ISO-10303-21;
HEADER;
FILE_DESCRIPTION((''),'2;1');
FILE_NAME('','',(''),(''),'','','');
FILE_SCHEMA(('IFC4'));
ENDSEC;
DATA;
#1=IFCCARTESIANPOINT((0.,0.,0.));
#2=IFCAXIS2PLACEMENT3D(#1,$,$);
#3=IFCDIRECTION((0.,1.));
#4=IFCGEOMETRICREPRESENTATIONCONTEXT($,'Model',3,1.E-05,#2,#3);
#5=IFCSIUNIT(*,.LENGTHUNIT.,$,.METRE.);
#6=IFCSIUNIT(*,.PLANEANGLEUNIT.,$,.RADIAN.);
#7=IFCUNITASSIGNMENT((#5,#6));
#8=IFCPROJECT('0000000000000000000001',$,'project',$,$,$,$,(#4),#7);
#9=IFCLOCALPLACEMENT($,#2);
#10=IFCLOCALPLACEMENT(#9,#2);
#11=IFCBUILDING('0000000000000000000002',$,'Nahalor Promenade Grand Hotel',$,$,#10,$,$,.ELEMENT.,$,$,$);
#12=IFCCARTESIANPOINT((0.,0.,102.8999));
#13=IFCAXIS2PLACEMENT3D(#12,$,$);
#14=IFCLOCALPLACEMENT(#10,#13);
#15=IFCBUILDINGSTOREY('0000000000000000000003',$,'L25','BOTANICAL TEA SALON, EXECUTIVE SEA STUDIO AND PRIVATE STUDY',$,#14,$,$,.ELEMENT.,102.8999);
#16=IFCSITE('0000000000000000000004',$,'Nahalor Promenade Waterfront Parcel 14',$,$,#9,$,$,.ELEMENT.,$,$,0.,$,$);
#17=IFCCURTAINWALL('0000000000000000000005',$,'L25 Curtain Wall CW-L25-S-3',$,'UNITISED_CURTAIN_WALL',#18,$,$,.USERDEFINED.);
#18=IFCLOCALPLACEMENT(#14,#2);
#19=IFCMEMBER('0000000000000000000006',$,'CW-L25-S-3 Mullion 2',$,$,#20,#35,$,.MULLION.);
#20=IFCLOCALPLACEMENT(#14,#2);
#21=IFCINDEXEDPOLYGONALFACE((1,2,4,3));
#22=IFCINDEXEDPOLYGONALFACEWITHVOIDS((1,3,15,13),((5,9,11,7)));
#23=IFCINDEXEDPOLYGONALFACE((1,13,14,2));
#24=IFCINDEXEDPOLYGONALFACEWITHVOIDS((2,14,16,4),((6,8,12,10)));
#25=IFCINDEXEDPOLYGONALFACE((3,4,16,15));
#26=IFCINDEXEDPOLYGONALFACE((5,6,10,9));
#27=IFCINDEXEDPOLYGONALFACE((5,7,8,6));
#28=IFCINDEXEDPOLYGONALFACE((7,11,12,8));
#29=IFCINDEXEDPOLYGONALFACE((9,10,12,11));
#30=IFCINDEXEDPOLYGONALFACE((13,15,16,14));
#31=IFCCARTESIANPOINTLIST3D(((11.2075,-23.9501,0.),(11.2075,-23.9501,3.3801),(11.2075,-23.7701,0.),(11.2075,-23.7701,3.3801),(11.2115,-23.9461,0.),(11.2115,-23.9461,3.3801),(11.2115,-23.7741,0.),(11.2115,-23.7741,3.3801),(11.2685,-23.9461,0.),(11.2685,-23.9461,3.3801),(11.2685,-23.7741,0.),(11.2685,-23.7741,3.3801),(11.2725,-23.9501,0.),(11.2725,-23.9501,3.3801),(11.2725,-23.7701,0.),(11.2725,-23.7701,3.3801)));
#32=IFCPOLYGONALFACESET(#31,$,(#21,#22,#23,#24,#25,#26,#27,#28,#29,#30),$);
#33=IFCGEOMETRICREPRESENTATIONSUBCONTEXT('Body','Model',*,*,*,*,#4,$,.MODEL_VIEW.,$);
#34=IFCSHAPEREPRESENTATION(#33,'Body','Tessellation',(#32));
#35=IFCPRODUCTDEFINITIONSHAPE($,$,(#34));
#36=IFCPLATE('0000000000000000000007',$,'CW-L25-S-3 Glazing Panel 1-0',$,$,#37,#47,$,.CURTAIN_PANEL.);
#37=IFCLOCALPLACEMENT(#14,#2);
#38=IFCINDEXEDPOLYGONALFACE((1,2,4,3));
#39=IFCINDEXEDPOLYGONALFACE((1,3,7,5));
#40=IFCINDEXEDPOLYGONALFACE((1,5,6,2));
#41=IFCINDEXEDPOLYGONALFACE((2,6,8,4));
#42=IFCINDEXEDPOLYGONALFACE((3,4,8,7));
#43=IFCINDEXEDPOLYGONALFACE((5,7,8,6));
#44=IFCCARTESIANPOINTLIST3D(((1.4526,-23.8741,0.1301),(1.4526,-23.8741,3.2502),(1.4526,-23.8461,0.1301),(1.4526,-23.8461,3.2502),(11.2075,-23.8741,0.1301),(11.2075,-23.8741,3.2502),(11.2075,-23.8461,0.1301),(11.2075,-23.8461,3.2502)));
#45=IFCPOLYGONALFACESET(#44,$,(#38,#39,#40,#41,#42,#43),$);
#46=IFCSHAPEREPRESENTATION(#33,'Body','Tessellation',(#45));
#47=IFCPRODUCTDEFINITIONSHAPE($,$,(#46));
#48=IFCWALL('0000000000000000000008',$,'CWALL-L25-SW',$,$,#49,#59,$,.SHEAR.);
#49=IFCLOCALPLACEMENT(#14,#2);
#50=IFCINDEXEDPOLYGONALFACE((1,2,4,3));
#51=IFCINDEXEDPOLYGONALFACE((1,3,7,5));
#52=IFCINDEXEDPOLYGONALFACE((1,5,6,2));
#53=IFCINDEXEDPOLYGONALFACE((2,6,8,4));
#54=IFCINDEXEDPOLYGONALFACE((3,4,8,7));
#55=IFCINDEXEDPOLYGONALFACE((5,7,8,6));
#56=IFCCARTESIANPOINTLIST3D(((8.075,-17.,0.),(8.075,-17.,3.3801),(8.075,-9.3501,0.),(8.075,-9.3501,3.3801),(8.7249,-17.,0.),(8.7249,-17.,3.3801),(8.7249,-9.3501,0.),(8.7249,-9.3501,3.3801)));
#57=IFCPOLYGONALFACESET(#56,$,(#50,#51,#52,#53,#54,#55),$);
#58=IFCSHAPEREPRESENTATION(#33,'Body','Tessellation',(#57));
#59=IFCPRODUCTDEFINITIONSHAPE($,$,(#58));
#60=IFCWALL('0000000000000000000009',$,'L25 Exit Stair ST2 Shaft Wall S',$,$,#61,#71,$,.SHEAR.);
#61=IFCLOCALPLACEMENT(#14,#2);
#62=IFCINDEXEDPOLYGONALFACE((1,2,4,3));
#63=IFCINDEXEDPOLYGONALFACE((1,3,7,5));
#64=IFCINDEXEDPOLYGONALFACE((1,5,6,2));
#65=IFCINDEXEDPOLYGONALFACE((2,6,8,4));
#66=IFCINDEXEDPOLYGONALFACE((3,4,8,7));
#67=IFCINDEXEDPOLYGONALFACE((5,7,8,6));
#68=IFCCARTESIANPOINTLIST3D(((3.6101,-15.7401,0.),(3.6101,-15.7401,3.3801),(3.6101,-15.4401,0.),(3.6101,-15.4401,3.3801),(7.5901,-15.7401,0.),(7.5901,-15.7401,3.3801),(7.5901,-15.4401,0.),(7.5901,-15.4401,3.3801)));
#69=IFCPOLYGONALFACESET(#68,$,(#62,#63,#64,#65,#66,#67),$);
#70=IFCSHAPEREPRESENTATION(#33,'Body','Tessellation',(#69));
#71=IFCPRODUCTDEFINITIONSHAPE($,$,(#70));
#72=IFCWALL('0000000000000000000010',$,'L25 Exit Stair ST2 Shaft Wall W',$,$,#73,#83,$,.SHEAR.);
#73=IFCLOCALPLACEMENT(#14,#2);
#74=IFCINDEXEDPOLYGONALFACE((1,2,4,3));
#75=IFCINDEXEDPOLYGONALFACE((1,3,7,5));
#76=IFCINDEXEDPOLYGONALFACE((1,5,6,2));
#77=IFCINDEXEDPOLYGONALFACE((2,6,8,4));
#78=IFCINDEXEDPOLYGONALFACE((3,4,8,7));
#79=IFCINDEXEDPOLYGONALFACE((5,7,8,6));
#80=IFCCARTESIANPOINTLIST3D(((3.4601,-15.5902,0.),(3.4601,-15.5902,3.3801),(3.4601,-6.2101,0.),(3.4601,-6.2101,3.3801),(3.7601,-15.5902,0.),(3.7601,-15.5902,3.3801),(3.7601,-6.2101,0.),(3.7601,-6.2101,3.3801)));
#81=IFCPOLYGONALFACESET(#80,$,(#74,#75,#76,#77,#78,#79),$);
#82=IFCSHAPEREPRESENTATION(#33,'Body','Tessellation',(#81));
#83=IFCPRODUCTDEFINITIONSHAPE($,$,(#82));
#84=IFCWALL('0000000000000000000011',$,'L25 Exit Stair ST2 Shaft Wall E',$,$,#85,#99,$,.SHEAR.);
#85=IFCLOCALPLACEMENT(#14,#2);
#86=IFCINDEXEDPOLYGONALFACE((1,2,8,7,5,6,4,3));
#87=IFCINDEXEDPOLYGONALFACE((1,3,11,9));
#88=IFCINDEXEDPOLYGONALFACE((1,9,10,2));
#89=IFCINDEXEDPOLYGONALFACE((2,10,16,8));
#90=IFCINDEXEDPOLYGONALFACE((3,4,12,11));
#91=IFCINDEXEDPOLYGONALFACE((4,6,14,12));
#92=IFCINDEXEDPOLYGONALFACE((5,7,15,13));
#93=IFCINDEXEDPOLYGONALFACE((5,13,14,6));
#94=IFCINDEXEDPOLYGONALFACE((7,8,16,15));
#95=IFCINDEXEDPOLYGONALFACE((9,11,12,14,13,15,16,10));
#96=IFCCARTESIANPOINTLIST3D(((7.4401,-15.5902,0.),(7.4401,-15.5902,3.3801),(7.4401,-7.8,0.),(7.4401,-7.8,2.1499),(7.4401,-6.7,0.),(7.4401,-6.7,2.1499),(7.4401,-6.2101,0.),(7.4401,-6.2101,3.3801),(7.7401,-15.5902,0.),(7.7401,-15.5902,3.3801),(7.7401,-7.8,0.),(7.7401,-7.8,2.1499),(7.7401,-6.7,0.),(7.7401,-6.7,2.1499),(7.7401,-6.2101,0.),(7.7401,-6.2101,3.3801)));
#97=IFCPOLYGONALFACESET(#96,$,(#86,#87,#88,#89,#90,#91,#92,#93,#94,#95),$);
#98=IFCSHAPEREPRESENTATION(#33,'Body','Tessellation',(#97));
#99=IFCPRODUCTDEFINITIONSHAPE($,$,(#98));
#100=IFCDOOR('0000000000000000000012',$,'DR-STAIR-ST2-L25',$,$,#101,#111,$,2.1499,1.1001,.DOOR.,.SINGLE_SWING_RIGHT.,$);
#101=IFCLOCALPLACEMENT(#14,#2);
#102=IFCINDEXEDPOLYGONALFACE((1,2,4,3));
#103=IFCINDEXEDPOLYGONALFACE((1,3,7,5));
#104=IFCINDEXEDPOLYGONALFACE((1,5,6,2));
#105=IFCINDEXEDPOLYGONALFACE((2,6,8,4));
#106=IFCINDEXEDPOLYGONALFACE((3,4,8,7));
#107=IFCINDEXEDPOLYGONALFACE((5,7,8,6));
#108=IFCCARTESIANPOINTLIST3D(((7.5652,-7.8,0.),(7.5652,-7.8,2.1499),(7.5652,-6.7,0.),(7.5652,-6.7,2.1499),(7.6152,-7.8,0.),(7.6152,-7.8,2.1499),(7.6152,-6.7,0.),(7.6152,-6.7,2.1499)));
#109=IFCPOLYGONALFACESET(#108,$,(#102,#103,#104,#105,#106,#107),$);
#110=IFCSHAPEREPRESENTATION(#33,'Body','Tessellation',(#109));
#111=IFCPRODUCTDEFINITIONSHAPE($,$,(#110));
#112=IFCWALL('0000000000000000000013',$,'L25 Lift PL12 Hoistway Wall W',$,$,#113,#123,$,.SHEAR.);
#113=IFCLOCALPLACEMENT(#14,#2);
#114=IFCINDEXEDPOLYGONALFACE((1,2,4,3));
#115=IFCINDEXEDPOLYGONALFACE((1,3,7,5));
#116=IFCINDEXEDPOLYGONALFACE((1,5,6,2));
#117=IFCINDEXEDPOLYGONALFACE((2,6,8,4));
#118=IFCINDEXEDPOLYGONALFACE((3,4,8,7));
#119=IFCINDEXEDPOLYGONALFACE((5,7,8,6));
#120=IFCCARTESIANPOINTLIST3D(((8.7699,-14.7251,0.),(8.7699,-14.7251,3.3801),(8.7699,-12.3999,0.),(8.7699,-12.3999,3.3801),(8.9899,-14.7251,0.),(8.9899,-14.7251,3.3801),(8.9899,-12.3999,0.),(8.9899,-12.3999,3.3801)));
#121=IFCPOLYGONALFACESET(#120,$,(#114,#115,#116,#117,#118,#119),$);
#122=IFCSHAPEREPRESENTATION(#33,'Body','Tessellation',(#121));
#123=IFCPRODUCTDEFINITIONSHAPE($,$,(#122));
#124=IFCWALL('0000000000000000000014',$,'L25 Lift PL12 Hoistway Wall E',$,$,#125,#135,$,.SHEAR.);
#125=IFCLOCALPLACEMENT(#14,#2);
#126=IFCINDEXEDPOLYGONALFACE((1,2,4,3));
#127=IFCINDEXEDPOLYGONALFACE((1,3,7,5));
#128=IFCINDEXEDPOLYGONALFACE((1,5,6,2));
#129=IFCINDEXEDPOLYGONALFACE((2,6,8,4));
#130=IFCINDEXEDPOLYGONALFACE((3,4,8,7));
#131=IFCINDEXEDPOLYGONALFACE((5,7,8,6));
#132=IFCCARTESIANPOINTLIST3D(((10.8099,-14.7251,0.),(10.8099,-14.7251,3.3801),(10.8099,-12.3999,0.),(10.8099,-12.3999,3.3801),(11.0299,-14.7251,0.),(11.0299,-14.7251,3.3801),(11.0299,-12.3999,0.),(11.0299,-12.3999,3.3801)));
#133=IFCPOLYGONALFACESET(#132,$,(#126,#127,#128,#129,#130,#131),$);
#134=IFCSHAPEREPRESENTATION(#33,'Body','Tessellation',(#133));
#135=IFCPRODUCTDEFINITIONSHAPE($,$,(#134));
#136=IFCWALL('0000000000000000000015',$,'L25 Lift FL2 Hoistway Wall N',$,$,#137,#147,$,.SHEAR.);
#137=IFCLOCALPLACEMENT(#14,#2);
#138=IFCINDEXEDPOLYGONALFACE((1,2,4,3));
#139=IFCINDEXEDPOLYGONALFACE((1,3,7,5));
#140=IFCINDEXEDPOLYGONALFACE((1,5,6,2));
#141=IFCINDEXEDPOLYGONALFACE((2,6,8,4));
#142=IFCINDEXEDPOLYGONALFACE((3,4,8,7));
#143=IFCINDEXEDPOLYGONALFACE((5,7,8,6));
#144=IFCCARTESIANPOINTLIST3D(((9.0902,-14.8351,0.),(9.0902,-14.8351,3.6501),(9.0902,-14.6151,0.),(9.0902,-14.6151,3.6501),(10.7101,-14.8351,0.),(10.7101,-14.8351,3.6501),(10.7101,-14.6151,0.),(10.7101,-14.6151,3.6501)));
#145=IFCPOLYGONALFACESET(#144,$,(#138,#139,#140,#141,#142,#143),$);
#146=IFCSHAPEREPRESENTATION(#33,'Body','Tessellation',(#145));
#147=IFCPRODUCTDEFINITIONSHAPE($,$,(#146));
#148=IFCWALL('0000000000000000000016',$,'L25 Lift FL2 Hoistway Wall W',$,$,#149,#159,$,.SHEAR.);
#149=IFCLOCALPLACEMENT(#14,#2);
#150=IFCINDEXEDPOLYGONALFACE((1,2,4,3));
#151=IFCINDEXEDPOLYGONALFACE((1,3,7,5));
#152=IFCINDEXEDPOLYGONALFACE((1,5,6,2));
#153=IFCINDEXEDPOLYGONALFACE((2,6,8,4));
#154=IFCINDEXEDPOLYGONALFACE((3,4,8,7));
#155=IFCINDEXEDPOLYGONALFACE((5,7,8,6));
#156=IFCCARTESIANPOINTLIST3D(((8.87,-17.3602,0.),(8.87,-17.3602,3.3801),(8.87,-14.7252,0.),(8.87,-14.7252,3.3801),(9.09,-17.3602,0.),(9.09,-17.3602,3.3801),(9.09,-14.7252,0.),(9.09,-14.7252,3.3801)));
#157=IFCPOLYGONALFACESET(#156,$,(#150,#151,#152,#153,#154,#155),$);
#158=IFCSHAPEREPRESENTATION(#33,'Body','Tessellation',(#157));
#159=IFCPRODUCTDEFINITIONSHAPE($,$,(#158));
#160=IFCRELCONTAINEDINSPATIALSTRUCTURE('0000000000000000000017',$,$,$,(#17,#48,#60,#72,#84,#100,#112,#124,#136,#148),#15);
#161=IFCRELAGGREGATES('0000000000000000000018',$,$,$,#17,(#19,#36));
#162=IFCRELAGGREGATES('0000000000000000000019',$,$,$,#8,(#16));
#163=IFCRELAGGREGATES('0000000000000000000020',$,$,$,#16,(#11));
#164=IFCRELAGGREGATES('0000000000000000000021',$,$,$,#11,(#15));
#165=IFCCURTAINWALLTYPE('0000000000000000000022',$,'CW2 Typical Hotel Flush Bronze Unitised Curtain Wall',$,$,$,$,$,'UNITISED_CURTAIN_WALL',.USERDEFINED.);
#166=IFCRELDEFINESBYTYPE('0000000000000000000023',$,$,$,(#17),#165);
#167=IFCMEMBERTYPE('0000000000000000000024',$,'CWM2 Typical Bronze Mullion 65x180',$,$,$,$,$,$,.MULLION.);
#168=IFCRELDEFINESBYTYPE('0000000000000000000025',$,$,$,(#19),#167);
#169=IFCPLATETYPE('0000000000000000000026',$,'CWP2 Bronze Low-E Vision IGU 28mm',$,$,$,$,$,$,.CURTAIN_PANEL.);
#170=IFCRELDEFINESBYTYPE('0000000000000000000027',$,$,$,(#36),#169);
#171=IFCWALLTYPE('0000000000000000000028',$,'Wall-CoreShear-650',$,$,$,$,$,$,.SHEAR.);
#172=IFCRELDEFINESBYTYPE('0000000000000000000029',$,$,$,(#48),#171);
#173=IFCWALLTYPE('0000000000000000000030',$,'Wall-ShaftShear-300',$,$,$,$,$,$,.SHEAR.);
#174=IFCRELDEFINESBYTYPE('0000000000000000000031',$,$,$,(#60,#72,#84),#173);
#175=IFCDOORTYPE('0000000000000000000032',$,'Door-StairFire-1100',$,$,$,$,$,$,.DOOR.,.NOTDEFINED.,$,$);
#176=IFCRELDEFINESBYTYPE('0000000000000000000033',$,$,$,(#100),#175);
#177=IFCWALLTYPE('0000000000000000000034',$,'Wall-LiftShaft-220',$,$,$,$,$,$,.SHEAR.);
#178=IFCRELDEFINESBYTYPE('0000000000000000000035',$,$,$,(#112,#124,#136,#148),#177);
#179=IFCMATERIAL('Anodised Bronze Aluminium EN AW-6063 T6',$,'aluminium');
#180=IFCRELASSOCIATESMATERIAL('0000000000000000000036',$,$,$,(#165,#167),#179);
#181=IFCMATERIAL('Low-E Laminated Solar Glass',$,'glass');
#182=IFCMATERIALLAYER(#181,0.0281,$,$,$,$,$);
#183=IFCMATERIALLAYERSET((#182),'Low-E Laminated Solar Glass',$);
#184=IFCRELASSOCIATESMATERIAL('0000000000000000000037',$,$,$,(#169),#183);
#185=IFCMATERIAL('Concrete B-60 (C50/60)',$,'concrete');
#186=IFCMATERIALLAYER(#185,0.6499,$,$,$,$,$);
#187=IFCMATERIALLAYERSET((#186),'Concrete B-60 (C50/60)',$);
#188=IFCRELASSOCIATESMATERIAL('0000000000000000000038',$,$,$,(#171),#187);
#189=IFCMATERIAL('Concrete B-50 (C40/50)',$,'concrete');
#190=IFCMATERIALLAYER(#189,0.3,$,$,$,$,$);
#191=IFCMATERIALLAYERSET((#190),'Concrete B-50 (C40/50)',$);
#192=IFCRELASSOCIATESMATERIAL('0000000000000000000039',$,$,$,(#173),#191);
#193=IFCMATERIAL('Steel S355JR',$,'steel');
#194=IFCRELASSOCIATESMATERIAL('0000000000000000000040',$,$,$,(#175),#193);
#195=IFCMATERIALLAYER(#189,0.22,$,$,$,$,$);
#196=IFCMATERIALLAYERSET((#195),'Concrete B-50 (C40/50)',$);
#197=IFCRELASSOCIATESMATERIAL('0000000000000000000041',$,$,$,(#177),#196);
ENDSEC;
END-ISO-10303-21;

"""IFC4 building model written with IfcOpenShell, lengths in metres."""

from ifc_helpers import new_model, si_unit, direction, frame, frame_2d, origin, origin_2d, place, context, subcontext, project, spatial, rectangle, hollow_rectangle, extrude, source, transform, mapped, material, layer, layer_set, material_profile, profile_set, type_object, element, fill, aggregate, save


model = new_model("IFC4")

# Units and contexts
model_context = context("Model", 3, precision=1e-05, world=origin(), true_north=direction((0.0, 1.0)))
body_context = subcontext(model_context, "Body", "Model", "MODEL_VIEW")
ifc_project = project(units=[si_unit("LENGTHUNIT", "METRE"), si_unit("PLANEANGLEUNIT", "RADIAN")], contexts=[model_context])

# Site, building, storey
site_placement = place(None, origin())
site = spatial("IfcSite", under=ifc_project, at=site_placement, Name="Nahalor Promenade Waterfront Parcel 14", CompositionType="ELEMENT", RefElevation=0.0)
building_placement = place(site_placement, origin())
building = spatial("IfcBuilding", under=site, at=building_placement, Name="Nahalor Promenade Grand Hotel", CompositionType="ELEMENT")
storey_placement = place(building_placement, frame((0.0, 0.0, 102.8999)))
storey = spatial("IfcBuildingStorey", under=building, at=storey_placement, Name="L25", Description="BOTANICAL TEA SALON, EXECUTIVE SEA STUDIO AND PRIVATE STUDY", CompositionType="ELEMENT", Elevation=102.8999)

# Shared definitions
ifc_material_1 = material(Name="Concrete B-60 (C50/60)", Category="concrete")

# Shared definitions
ifc_material_2 = material(Name="Steel S355JR", Category="steel")

# Curtain wall, member, plate
ifc_material_3 = material(Name="Anodised Bronze Aluminium EN AW-6063 T6", Category="aluminium")
curtain_wall_type = type_object("IfcCurtainWallType", Name="CW2 Typical Hotel Flush Bronze Unitised Curtain Wall", ElementType="UNITISED_CURTAIN_WALL", PredefinedType="USERDEFINED", material=ifc_material_3)
curtain_wall_placement = place(storey_placement, origin())
curtain_wall = element("IfcCurtainWall", 1, at=curtain_wall_placement, inside=storey, type_object=curtain_wall_type, Name="L25 Curtain Wall CW-L25-S-3", ObjectType="UNITISED_CURTAIN_WALL", PredefinedType="USERDEFINED")
ifc_material_profile_1 = material_profile(ifc_material_3, hollow_rectangle(XDim=0.065, YDim=0.18, WallThickness=0.004, at=origin_2d()), Name="CWM 65x180x4")
ifc_profile_set_1 = profile_set([ifc_material_profile_1], Name="Anodised Bronze Aluminium EN AW-6063 T6")
member_type_1 = type_object("IfcMemberType", Name="CWM2 Typical Bronze Mullion 65x180", PredefinedType="MULLION", material=ifc_profile_set_1)
shared_shape_1 = source(origin(), body_context, "Body", "SweptSolid", [
    extrude(hollow_rectangle(XDim=0.065, YDim=0.18, WallThickness=0.004, at=origin_2d()), origin(), (0.0, 0.0, 1.0), 3.3801),
])
member_1_placement = place(storey_placement, frame((11.24, -23.8601, 0.0), z_axis=(0.0, 0.0, 1.0), x_axis=(1.0, 0.0, 0.0)))
member_1 = element("IfcMember", 2, at=member_1_placement, type_object=member_type_1, Name="CW-L25-S-3 Mullion 2", PredefinedType="MULLION", context=body_context, shape_type="MappedRepresentation", body=[
    mapped(shared_shape_1, transform((0.0, 0.0, 0.0), scale=1.0)),
])
ifc_material_4 = material(Name="Low-E Laminated Solar Glass", Category="glass")
ifc_layer_1 = layer(ifc_material_4, 0.0281)
ifc_layer_set_1 = layer_set([ifc_layer_1], Name="Low-E Laminated Solar Glass")
plate_type = type_object("IfcPlateType", Name="CWP2 Bronze Low-E Vision IGU 28mm", PredefinedType="CURTAIN_PANEL", material=ifc_layer_set_1)
shared_shape_2 = source(origin(), body_context, "Body", "SweptSolid", [
    extrude(rectangle(XDim=9.7549, YDim=0.0281, at=origin_2d()), origin(), (0.0, 0.0, 1.0), 3.1201),
])
plate_placement = place(storey_placement, frame((6.3301, -23.8601, 0.1301), z_axis=(0.0, 0.0, 1.0), x_axis=(1.0, 0.0, 0.0)))
plate = element("IfcPlate", 3, at=plate_placement, type_object=plate_type, Name="CW-L25-S-3 Glazing Panel 1-0", PredefinedType="CURTAIN_PANEL", context=body_context, shape_type="MappedRepresentation", body=[
    mapped(shared_shape_2, transform((0.0, 0.0, 0.0), scale=1.0)),
])
aggregate(curtain_wall, [member_1, plate])

# Walls
ifc_layer_2 = layer(ifc_material_1, 0.6499)
ifc_layer_set_2 = layer_set([ifc_layer_2], Name="Concrete B-60 (C50/60)")
wall_type_1 = type_object("IfcWallType", Name="Wall-CoreShear-650", PredefinedType="SHEAR", material=ifc_layer_set_2)
shared_shape_3 = source(origin(), body_context, "Body", "SweptSolid", [
    extrude(rectangle(XDim=7.6499, YDim=0.6499, at=frame_2d((3.825, 0.0))), origin(), (0.0, 0.0, 1.0), 3.3801),
])
wall_1_placement = place(storey_placement, frame((8.3999, -17.0, 0.0), z_axis=(0.0, 0.0, 1.0), x_axis=(0.0, 1.0, 0.0)))
element("IfcWall", 4, at=wall_1_placement, inside=storey, type_object=wall_type_1, Name="CWALL-L25-SW", PredefinedType="SHEAR", context=body_context, shape_type="MappedRepresentation", body=[
    mapped(shared_shape_3, transform((0.0, 0.0, 0.0), scale=1.0)),
])
ifc_material_5 = material(Name="Concrete B-50 (C40/50)", Category="concrete")
ifc_layer_3 = layer(ifc_material_5, 0.3)
ifc_layer_set_3 = layer_set([ifc_layer_3], Name="Concrete B-50 (C40/50)")
wall_type_2 = type_object("IfcWallType", Name="Wall-ShaftShear-300", PredefinedType="SHEAR", material=ifc_layer_set_3)
shared_shape_4 = source(origin(), body_context, "Body", "SweptSolid", [
    extrude(rectangle(XDim=3.98, YDim=0.3, at=frame_2d((1.99, 0.0))), origin(), (0.0, 0.0, 1.0), 3.3801),
])
wall_2_placement = place(storey_placement, frame((3.6101, -15.5901, 0.0), z_axis=(0.0, 0.0, 1.0), x_axis=(1.0, 0.0, 0.0)))
element("IfcWall", 5, at=wall_2_placement, inside=storey, type_object=wall_type_2, Name="L25 Exit Stair ST2 Shaft Wall S", PredefinedType="SHEAR", context=body_context, shape_type="MappedRepresentation", body=[
    mapped(shared_shape_4, transform((0.0, 0.0, 0.0), scale=1.0)),
])
shared_shape_5 = source(origin(), body_context, "Body", "SweptSolid", [
    extrude(rectangle(XDim=9.3801, YDim=0.3, at=frame_2d((4.6899, 0.0))), origin(), (0.0, 0.0, 1.0), 3.3801),
])
wall_3_placement = place(storey_placement, frame((3.6101, -15.5901, 0.0), z_axis=(0.0, 0.0, 1.0), x_axis=(0.0, 1.0, 0.0)))
element("IfcWall", 6, at=wall_3_placement, inside=storey, type_object=wall_type_2, Name="L25 Exit Stair ST2 Shaft Wall W", PredefinedType="SHEAR", context=body_context, shape_type="MappedRepresentation", body=[
    mapped(shared_shape_5, transform((0.0, 0.0, 0.0), scale=1.0)),
])

# Wall, opening, door
wall_4_placement = place(storey_placement, frame((7.5901, -15.5901, 0.0), z_axis=(0.0, 0.0, 1.0), x_axis=(0.0, 1.0, 0.0)))
wall_4 = element("IfcWall", 7, at=wall_4_placement, inside=storey, type_object=wall_type_2, Name="L25 Exit Stair ST2 Shaft Wall E", PredefinedType="SHEAR", context=body_context, shape_type="MappedRepresentation", body=[
    mapped(shared_shape_5, transform((0.0, 0.0, 0.0), scale=1.0)),
])
opening_1_placement = place(wall_4_placement, frame((7.79, 0.0, 0.0)))
opening_1 = element("IfcOpeningElement", 8, at=opening_1_placement, cuts=wall_4, PredefinedType="OPENING", context=body_context, shape_type="SweptSolid", body=[
    extrude(rectangle(XDim=1.1001, YDim=2.1499, at=frame_2d((0.55, 1.075))), frame((0.0, 0.1599, 0.0), z_axis=(0.0, -1.0, 0.0), x_axis=(1.0, 0.0, 0.0)), (0.0, 0.0, 1.0), 0.3201),
])
door_type_1 = type_object("IfcDoorType", Name="Door-StairFire-1100", OperationType="NOTDEFINED", PredefinedType="DOOR", material=ifc_material_2)
shared_shape_6 = source(origin(), body_context, "Body", "SweptSolid", [
    extrude(rectangle(XDim=1.1001, YDim=2.1499, at=frame_2d((0.55, 1.075))), frame((0.0, 0.0249, 0.0), z_axis=(0.0, -1.0, 0.0), x_axis=(1.0, 0.0, 0.0)), (0.0, 0.0, 1.0), 0.05),
])
door_1_placement = place(opening_1_placement, origin())
door_1 = element("IfcDoor", 9, at=door_1_placement, inside=storey, type_object=door_type_1, Name="DR-STAIR-ST2-L25", OperationType="SINGLE_SWING_RIGHT", OverallHeight=2.1499, OverallWidth=1.1001, PredefinedType="DOOR", context=body_context, shape_type="MappedRepresentation", body=[
    mapped(shared_shape_6, transform((0.0, 0.0, 0.0), scale=1.0)),
])
fill(opening_1, door_1)

# Walls
ifc_layer_4 = layer(ifc_material_5, 0.22)
ifc_layer_set_4 = layer_set([ifc_layer_4], Name="Concrete B-50 (C40/50)")
wall_type_3 = type_object("IfcWallType", Name="Wall-LiftShaft-220", PredefinedType="SHEAR", material=ifc_layer_set_4)
shared_shape_7 = source(origin(), body_context, "Body", "SweptSolid", [
    extrude(rectangle(XDim=2.3252, YDim=0.22, at=frame_2d((1.1626, 0.0))), origin(), (0.0, 0.0, 1.0), 3.3801),
])
for number, where, z_axis, x_axis, name in (
    (10, (8.8799, -14.7251, 0.0), (0.0, 0.0, 1.0), (0.0, 1.0, 0.0), "L25 Lift PL12 Hoistway Wall W"),
    (11, (10.9199, -14.7251, 0.0), (0.0, 0.0, 1.0), (0.0, 1.0, 0.0), "L25 Lift PL12 Hoistway Wall E"),
):
    element("IfcWall", number, at=place(storey_placement, frame(where, z_axis=z_axis, x_axis=x_axis)), inside=storey, type_object=wall_type_3, Name=name, PredefinedType="SHEAR", context=body_context, shape_type="MappedRepresentation", body=[
        mapped(shared_shape_7, transform((0.0, 0.0, 0.0), scale=1.0)),
    ])
shared_shape_8 = source(origin(), body_context, "Body", "SweptSolid", [
    extrude(rectangle(XDim=1.6199, YDim=0.22, at=frame_2d((0.8101, 0.0))), origin(), (0.0, 0.0, 1.0), 3.6501),
])
wall_5_placement = place(storey_placement, frame((9.0901, -14.7251, 0.0), z_axis=(0.0, 0.0, 1.0), x_axis=(1.0, 0.0, 0.0)))
element("IfcWall", 12, at=wall_5_placement, inside=storey, type_object=wall_type_3, Name="L25 Lift FL2 Hoistway Wall N", PredefinedType="SHEAR", context=body_context, shape_type="MappedRepresentation", body=[
    mapped(shared_shape_8, transform((0.0, 0.0, 0.0), scale=1.0)),
])
shared_shape_9 = source(origin(), body_context, "Body", "SweptSolid", [
    extrude(rectangle(XDim=2.635, YDim=0.22, at=frame_2d((1.3174, 0.0))), origin(), (0.0, 0.0, 1.0), 3.3801),
])
wall_6_placement = place(storey_placement, frame((8.98, -17.3601, 0.0), z_axis=(0.0, 0.0, 1.0), x_axis=(0.0, 1.0, 0.0)))
element("IfcWall", 13, at=wall_6_placement, inside=storey, type_object=wall_type_3, Name="L25 Lift FL2 Hoistway Wall W", PredefinedType="SHEAR", context=body_context, shape_type="MappedRepresentation", body=[
    mapped(shared_shape_9, transform((0.0, 0.0, 0.0), scale=1.0)),
])

save(model, "model.ifc")
